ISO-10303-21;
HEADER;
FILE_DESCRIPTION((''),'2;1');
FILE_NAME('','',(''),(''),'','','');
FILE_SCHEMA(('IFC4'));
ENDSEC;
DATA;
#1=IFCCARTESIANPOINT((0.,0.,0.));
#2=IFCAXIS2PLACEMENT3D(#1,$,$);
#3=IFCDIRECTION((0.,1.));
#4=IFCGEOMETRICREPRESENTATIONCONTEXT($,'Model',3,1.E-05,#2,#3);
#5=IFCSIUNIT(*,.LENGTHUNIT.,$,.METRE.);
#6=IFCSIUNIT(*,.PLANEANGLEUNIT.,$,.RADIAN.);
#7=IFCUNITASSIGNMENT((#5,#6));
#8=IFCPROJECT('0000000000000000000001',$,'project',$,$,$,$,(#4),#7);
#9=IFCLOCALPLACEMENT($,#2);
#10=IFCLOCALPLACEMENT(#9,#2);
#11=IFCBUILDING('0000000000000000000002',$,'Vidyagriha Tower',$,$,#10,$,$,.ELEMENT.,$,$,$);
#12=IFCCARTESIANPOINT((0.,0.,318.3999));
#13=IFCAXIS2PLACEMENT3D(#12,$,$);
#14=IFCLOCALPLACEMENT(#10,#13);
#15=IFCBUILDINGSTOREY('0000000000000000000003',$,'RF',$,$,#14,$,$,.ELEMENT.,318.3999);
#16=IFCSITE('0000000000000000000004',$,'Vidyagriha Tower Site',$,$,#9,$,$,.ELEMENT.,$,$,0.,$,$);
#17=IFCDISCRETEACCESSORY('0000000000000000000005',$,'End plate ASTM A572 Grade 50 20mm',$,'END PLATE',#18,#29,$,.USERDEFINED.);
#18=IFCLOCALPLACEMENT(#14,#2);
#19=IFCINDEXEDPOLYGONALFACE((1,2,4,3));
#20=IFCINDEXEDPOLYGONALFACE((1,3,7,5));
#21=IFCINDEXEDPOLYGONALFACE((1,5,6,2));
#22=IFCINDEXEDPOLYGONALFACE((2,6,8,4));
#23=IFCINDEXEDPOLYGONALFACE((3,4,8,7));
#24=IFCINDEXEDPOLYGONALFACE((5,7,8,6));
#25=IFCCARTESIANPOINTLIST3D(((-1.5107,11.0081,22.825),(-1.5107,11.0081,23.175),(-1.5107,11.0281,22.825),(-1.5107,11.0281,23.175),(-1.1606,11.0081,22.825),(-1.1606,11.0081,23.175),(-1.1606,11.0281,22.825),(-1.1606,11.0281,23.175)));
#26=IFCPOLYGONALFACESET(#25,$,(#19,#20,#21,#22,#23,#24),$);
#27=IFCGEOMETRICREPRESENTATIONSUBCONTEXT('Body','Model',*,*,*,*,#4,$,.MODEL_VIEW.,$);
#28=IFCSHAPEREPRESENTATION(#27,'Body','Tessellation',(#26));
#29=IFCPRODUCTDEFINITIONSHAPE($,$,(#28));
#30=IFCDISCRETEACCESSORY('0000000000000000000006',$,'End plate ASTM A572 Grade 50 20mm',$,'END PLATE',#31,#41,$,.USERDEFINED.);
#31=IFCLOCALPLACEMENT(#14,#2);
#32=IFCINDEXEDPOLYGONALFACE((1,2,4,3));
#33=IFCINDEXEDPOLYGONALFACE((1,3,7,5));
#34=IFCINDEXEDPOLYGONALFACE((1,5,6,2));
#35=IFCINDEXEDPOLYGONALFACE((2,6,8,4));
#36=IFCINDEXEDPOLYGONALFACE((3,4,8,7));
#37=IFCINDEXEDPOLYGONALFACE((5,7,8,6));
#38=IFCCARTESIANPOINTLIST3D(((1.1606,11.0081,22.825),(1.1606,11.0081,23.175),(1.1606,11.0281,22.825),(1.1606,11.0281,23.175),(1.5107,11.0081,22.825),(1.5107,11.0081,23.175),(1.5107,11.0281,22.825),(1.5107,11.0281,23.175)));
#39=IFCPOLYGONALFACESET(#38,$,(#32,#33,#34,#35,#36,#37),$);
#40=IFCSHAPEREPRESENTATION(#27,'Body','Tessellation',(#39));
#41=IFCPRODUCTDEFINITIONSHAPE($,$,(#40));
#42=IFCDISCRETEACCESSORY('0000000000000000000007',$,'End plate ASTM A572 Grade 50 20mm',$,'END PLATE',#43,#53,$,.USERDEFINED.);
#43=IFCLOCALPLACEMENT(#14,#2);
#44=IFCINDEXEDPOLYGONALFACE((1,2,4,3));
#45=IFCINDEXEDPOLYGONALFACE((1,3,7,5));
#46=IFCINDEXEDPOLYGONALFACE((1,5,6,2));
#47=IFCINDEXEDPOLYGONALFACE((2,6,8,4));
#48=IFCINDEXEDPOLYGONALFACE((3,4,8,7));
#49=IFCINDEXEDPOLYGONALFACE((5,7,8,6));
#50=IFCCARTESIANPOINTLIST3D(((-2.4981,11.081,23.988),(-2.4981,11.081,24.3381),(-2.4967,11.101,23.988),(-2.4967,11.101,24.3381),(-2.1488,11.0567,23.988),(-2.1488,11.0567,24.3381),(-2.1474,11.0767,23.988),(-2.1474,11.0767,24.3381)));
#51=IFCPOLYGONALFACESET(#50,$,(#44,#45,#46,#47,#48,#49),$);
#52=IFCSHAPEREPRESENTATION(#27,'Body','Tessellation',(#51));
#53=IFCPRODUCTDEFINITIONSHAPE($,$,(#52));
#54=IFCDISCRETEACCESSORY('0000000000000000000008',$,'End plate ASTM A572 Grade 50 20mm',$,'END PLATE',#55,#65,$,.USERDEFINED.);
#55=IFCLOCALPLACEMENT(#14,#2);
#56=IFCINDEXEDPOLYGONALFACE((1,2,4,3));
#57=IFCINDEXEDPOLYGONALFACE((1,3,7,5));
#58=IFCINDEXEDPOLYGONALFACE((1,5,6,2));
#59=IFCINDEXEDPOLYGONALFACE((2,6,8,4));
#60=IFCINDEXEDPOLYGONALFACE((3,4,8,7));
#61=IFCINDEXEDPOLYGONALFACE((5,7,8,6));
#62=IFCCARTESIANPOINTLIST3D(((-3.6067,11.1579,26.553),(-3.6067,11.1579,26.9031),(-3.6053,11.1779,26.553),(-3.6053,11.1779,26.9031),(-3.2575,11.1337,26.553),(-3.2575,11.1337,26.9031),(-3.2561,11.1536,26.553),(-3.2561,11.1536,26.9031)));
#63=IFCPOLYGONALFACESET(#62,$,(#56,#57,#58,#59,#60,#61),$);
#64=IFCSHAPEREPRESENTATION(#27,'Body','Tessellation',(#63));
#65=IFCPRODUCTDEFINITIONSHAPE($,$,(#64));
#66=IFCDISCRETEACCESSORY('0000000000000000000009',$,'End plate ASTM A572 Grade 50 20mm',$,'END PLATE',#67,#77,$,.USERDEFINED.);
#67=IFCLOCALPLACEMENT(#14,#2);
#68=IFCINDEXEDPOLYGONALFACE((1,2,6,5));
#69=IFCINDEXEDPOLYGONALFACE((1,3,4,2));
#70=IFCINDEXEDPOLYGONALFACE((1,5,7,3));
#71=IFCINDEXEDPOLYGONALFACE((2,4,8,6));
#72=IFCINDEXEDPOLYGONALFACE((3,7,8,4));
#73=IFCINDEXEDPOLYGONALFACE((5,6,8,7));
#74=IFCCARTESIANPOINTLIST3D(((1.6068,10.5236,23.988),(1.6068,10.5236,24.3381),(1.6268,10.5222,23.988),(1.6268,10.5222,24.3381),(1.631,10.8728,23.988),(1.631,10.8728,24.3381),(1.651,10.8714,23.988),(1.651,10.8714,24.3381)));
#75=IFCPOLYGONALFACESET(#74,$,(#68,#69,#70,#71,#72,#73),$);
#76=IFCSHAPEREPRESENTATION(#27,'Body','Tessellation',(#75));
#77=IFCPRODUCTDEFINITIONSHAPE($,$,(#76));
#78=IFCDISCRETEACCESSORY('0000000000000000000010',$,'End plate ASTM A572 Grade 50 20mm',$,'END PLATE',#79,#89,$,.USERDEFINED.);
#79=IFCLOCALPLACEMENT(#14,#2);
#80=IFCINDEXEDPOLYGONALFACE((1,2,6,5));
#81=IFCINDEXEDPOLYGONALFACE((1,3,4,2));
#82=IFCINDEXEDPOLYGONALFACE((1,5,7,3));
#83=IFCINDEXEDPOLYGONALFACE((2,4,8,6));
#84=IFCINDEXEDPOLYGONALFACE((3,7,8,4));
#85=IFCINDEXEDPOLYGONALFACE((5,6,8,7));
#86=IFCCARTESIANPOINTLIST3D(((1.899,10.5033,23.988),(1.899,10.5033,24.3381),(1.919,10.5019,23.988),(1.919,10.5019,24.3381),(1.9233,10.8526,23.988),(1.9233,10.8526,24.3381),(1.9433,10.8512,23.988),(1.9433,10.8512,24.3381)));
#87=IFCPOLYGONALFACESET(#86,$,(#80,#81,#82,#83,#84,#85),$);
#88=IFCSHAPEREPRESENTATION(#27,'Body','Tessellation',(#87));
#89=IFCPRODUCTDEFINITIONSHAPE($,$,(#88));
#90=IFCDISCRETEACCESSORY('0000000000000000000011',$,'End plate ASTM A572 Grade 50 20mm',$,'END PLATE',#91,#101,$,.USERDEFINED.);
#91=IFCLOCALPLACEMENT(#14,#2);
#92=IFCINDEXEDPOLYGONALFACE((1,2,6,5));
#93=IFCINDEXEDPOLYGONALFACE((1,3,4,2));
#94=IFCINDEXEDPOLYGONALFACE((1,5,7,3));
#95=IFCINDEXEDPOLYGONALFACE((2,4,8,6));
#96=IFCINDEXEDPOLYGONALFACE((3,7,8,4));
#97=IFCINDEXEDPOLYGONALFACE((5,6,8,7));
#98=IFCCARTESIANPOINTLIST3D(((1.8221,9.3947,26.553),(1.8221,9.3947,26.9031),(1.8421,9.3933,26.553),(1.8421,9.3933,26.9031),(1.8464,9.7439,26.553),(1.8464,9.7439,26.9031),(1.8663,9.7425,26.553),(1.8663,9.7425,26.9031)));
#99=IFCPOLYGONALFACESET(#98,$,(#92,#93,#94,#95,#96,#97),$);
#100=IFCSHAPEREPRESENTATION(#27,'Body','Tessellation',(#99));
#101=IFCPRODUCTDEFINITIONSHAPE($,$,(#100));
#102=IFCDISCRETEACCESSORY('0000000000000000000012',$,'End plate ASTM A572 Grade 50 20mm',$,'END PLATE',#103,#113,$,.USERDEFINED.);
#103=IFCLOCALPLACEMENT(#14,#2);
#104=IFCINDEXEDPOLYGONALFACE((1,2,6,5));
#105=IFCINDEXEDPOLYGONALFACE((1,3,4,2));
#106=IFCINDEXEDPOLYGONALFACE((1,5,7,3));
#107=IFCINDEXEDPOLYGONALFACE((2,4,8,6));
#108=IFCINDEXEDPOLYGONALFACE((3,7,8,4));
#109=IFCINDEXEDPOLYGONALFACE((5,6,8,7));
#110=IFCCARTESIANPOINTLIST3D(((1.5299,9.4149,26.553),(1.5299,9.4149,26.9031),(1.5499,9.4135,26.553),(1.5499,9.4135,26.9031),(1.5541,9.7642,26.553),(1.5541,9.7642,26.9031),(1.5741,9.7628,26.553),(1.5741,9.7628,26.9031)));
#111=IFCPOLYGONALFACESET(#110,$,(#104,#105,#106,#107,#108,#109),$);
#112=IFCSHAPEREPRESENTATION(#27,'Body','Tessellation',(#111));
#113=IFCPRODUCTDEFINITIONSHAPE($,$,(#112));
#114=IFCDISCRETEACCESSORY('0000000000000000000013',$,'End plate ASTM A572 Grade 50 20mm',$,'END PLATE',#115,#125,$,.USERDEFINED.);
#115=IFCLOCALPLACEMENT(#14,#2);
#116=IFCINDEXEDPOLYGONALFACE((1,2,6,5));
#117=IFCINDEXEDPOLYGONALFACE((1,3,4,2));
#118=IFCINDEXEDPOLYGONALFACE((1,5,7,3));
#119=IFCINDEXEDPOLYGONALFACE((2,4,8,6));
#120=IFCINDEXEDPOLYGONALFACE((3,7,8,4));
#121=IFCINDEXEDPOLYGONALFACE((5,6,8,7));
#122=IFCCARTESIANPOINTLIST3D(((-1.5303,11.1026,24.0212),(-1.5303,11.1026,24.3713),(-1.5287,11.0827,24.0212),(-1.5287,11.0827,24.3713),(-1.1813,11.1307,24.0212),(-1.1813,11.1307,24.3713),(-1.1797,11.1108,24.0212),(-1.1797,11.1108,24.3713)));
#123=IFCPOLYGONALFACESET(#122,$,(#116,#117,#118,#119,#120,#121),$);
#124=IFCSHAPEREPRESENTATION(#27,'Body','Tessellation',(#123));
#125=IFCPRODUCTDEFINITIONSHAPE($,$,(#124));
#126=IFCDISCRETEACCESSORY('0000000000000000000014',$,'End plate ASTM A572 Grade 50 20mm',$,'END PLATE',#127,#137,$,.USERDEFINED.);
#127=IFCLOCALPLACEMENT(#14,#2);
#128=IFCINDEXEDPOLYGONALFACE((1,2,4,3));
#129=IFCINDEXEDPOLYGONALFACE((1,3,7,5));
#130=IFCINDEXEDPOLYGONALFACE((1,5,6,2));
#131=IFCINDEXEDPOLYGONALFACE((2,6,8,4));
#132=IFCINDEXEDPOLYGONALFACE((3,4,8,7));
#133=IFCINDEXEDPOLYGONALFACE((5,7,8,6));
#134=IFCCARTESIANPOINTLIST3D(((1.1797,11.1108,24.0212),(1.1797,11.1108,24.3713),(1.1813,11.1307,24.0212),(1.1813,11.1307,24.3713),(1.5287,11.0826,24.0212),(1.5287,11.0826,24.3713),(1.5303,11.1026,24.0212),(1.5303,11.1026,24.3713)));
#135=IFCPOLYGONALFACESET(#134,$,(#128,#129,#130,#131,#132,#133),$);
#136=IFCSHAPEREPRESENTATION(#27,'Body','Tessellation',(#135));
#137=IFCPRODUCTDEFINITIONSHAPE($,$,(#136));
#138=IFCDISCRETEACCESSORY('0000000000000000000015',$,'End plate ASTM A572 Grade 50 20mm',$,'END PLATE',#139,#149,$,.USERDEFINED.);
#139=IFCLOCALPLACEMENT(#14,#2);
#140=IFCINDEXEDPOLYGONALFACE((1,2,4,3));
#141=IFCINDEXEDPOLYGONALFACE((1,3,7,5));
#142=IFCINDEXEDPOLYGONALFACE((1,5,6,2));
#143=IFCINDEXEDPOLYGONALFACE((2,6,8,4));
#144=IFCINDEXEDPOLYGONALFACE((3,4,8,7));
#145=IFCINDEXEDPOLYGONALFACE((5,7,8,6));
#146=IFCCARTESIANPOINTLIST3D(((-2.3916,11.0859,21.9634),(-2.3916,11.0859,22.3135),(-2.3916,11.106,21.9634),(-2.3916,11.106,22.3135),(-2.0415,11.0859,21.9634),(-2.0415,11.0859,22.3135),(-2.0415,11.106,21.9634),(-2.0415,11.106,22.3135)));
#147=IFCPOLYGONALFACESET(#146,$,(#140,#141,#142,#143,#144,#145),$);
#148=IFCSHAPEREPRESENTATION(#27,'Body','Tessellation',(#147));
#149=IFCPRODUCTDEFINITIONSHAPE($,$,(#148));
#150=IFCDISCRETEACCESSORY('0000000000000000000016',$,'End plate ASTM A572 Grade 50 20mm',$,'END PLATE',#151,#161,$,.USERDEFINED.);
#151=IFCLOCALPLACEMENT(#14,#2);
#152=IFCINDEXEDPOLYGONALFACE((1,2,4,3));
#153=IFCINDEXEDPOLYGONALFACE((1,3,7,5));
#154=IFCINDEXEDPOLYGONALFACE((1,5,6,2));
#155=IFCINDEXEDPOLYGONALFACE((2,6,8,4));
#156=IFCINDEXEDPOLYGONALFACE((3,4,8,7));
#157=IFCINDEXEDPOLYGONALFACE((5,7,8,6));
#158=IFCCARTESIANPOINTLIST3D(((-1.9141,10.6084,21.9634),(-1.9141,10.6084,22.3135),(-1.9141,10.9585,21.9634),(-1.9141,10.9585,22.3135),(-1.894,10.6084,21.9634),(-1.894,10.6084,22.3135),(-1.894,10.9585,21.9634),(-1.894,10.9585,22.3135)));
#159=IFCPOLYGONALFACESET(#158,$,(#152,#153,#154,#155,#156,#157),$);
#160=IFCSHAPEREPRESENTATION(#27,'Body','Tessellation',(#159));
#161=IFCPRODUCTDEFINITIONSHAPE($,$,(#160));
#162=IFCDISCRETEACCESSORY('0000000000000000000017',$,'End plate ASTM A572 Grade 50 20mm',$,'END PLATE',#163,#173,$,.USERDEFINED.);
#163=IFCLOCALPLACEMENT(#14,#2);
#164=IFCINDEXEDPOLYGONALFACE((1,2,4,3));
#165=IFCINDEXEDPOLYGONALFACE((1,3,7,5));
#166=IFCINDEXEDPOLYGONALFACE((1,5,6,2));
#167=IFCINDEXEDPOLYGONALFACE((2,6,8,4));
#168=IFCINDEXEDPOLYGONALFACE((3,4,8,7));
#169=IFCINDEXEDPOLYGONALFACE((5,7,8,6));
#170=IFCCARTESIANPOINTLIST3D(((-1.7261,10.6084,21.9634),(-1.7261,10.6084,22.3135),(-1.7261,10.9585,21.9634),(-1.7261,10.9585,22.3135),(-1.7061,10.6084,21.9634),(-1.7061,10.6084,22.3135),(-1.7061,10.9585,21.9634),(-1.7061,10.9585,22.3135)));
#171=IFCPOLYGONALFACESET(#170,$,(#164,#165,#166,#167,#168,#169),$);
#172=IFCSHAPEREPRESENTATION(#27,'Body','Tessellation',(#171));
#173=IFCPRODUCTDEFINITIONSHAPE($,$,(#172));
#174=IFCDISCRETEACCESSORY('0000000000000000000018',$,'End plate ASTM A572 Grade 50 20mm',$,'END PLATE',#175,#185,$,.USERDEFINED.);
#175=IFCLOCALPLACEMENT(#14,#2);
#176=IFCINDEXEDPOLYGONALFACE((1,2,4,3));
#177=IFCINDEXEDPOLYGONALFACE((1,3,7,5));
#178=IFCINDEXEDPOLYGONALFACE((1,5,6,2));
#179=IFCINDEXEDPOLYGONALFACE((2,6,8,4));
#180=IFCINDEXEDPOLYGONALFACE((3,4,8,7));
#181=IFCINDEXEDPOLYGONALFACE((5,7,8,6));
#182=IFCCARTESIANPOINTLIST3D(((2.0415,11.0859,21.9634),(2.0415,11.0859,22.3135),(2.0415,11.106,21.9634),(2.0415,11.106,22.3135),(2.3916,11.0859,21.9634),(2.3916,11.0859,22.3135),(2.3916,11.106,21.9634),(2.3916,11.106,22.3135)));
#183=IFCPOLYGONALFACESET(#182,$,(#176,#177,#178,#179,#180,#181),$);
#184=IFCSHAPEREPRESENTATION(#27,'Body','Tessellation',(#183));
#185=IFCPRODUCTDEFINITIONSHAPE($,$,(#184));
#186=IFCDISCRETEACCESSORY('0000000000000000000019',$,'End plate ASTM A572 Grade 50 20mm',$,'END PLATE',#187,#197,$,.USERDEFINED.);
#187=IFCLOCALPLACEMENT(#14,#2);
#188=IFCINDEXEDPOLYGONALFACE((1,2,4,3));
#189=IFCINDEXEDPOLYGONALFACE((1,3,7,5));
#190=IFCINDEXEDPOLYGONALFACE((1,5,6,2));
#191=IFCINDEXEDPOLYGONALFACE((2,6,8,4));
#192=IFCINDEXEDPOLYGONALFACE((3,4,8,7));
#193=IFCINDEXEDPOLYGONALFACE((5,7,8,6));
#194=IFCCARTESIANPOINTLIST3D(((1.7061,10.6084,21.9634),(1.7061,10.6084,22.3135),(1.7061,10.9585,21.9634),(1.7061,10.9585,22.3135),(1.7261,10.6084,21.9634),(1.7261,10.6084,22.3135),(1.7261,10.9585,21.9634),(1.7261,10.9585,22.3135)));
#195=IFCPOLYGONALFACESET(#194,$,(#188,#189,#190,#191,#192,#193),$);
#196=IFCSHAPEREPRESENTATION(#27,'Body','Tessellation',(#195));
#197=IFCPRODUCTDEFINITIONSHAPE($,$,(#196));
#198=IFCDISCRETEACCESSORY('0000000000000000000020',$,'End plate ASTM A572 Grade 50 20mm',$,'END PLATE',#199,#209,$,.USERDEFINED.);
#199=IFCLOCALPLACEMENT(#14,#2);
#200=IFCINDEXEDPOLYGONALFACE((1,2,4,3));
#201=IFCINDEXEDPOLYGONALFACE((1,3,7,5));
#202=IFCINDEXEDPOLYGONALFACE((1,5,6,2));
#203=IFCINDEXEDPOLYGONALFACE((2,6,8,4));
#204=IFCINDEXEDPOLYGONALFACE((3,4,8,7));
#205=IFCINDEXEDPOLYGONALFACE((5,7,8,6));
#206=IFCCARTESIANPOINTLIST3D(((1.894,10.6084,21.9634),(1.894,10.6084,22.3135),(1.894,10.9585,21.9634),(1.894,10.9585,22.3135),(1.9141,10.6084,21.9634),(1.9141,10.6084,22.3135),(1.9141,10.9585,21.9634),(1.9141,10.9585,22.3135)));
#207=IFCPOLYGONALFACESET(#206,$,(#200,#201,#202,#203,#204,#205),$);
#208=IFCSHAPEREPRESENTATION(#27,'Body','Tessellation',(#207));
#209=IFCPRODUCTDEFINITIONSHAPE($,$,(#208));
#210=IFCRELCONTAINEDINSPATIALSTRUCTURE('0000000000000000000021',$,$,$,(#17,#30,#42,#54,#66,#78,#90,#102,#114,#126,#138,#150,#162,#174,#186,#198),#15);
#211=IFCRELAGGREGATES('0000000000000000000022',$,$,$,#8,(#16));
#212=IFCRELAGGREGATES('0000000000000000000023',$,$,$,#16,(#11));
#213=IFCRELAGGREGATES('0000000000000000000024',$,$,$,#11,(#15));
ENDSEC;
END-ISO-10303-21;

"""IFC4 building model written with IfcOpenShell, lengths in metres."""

from ifc_helpers import new_model, si_unit, direction, frame, origin, origin_2d, place, context, subcontext, project, spatial, rectangle, extrude, element, save


model = new_model("IFC4")

# Units and contexts
model_context = context("Model", 3, precision=1e-05, world=origin(), true_north=direction((0.0, 1.0)))
body_context = subcontext(model_context, "Body", "Model", "MODEL_VIEW")
ifc_project = project(units=[si_unit("LENGTHUNIT", "METRE"), si_unit("PLANEANGLEUNIT", "RADIAN")], contexts=[model_context])

# Site, building, storey
site_placement = place(None, origin())
site = spatial("IfcSite", under=ifc_project, at=site_placement, Name="Vidyagriha Tower Site", CompositionType="ELEMENT", RefElevation=0.0)
building_placement = place(site_placement, origin())
building = spatial("IfcBuilding", under=site, at=building_placement, Name="Vidyagriha Tower", CompositionType="ELEMENT")
storey_placement = place(building_placement, frame((0.0, 0.0, 318.3999)))
storey = spatial("IfcBuildingStorey", under=building, at=storey_placement, Name="RF", CompositionType="ELEMENT", Elevation=318.3999)

# Discrete accessories
for number, where, z_axis, x_axis, name in (
    (1, (-1.3357, 11.0181, 22.825), (0.0, 0.0, 1.0), (-1.0, 0.0, 0.0), "End plate ASTM A572 Grade 50 20mm"),
):
    element("IfcDiscreteAccessory", number, at=place(storey_placement, frame(where, z_axis=z_axis, x_axis=x_axis)), inside=storey, Name=name, ObjectType="END PLATE", PredefinedType="USERDEFINED", context=body_context, shape_type="SweptSolid", body=[
        extrude(rectangle(XDim=0.3501, YDim=0.02, at=origin_2d()), origin(), (0.0, 0.0, 1.0), 0.3501),
    ])
discrete_accessory_1_placement = place(storey_placement, frame((1.3357, 11.0181, 22.825)))
element("IfcDiscreteAccessory", 2, at=discrete_accessory_1_placement, inside=storey, Name="End plate ASTM A572 Grade 50 20mm", ObjectType="END PLATE", PredefinedType="USERDEFINED", context=body_context, shape_type="SweptSolid", body=[
    extrude(rectangle(XDim=0.3501, YDim=0.02, at=origin_2d()), origin(), (0.0, 0.0, 1.0), 0.3501),
])
for number, where, z_axis, x_axis, name in (
    (3, (-2.3228, 11.0789, 23.988), (0.0, 0.0, 1.0), (0.997599, -0.069252, 0.0), "End plate ASTM A572 Grade 50 20mm"),
    (4, (-3.4314, 11.1558, 26.553), (0.0, 0.0, 1.0), (-0.997599, 0.069252, 0.0), "End plate ASTM A572 Grade 50 20mm"),
    (5, (1.6289, 10.6975, 23.988), (0.0, 0.0, 1.0), (0.069252, 0.997599, 0.0), "End plate ASTM A572 Grade 50 20mm"),
    (6, (1.9211, 10.6772, 23.988), (0.0, 0.0, 1.0), (0.069252, 0.997599, 0.0), "End plate ASTM A572 Grade 50 20mm"),
    (7, (1.8442, 9.5686, 26.553), (0.0, 0.0, 1.0), (-0.069252, -0.997599, 0.0), "End plate ASTM A572 Grade 50 20mm"),
    (8, (1.552, 9.5889, 26.553), (0.0, 0.0, 1.0), (-0.069252, -0.997599, 0.0), "End plate ASTM A572 Grade 50 20mm"),
    (9, (-1.355, 11.1067, 24.0212), (0.0, 0.0, 1.0), (-0.996769, -0.080315, 0.0), "End plate ASTM A572 Grade 50 20mm"),
    (10, (1.355, 11.1067, 24.0212), (0.0, 0.0, 1.0), (0.996768, -0.08034, 0.0), "End plate ASTM A572 Grade 50 20mm"),
):
    element("IfcDiscreteAccessory", number, at=place(storey_placement, frame(where, z_axis=z_axis, x_axis=x_axis)), inside=storey, Name=name, ObjectType="END PLATE", PredefinedType="USERDEFINED", context=body_context, shape_type="SweptSolid", body=[
        extrude(rectangle(XDim=0.3501, YDim=0.02, at=origin_2d()), origin(), (0.0, 0.0, 1.0), 0.3501),
    ])
discrete_accessory_2_placement = place(storey_placement, frame((-2.2166, 11.0959, 21.9634)))
element("IfcDiscreteAccessory", 11, at=discrete_accessory_2_placement, inside=storey, Name="End plate ASTM A572 Grade 50 20mm", ObjectType="END PLATE", PredefinedType="USERDEFINED", context=body_context, shape_type="SweptSolid", body=[
    extrude(rectangle(XDim=0.3501, YDim=0.02, at=origin_2d()), origin(), (0.0, 0.0, 1.0), 0.3501),
])
for number, where, z_axis, x_axis, name in (
    (12, (-1.9041, 10.7834, 21.9634), (0.0, 0.0, 1.0), (0.0, 1.0, 0.0), "End plate ASTM A572 Grade 50 20mm"),
    (13, (-1.7161, 10.7834, 21.9634), (0.0, 0.0, 1.0), (0.0, 1.0, 0.0), "End plate ASTM A572 Grade 50 20mm"),
    (14, (2.2166, 11.0959, 21.9634), (0.0, 0.0, 1.0), (-1.0, 0.0, 0.0), "End plate ASTM A572 Grade 50 20mm"),
    (15, (1.7161, 10.7834, 21.9634), (0.0, 0.0, 1.0), (0.0, 1.0, 0.0), "End plate ASTM A572 Grade 50 20mm"),
    (16, (1.9041, 10.7834, 21.9634), (0.0, 0.0, 1.0), (0.0, 1.0, 0.0), "End plate ASTM A572 Grade 50 20mm"),
):
    element("IfcDiscreteAccessory", number, at=place(storey_placement, frame(where, z_axis=z_axis, x_axis=x_axis)), inside=storey, Name=name, ObjectType="END PLATE", PredefinedType="USERDEFINED", context=body_context, shape_type="SweptSolid", body=[
        extrude(rectangle(XDim=0.3501, YDim=0.02, at=origin_2d()), origin(), (0.0, 0.0, 1.0), 0.3501),
    ])

save(model, "model.ifc")
